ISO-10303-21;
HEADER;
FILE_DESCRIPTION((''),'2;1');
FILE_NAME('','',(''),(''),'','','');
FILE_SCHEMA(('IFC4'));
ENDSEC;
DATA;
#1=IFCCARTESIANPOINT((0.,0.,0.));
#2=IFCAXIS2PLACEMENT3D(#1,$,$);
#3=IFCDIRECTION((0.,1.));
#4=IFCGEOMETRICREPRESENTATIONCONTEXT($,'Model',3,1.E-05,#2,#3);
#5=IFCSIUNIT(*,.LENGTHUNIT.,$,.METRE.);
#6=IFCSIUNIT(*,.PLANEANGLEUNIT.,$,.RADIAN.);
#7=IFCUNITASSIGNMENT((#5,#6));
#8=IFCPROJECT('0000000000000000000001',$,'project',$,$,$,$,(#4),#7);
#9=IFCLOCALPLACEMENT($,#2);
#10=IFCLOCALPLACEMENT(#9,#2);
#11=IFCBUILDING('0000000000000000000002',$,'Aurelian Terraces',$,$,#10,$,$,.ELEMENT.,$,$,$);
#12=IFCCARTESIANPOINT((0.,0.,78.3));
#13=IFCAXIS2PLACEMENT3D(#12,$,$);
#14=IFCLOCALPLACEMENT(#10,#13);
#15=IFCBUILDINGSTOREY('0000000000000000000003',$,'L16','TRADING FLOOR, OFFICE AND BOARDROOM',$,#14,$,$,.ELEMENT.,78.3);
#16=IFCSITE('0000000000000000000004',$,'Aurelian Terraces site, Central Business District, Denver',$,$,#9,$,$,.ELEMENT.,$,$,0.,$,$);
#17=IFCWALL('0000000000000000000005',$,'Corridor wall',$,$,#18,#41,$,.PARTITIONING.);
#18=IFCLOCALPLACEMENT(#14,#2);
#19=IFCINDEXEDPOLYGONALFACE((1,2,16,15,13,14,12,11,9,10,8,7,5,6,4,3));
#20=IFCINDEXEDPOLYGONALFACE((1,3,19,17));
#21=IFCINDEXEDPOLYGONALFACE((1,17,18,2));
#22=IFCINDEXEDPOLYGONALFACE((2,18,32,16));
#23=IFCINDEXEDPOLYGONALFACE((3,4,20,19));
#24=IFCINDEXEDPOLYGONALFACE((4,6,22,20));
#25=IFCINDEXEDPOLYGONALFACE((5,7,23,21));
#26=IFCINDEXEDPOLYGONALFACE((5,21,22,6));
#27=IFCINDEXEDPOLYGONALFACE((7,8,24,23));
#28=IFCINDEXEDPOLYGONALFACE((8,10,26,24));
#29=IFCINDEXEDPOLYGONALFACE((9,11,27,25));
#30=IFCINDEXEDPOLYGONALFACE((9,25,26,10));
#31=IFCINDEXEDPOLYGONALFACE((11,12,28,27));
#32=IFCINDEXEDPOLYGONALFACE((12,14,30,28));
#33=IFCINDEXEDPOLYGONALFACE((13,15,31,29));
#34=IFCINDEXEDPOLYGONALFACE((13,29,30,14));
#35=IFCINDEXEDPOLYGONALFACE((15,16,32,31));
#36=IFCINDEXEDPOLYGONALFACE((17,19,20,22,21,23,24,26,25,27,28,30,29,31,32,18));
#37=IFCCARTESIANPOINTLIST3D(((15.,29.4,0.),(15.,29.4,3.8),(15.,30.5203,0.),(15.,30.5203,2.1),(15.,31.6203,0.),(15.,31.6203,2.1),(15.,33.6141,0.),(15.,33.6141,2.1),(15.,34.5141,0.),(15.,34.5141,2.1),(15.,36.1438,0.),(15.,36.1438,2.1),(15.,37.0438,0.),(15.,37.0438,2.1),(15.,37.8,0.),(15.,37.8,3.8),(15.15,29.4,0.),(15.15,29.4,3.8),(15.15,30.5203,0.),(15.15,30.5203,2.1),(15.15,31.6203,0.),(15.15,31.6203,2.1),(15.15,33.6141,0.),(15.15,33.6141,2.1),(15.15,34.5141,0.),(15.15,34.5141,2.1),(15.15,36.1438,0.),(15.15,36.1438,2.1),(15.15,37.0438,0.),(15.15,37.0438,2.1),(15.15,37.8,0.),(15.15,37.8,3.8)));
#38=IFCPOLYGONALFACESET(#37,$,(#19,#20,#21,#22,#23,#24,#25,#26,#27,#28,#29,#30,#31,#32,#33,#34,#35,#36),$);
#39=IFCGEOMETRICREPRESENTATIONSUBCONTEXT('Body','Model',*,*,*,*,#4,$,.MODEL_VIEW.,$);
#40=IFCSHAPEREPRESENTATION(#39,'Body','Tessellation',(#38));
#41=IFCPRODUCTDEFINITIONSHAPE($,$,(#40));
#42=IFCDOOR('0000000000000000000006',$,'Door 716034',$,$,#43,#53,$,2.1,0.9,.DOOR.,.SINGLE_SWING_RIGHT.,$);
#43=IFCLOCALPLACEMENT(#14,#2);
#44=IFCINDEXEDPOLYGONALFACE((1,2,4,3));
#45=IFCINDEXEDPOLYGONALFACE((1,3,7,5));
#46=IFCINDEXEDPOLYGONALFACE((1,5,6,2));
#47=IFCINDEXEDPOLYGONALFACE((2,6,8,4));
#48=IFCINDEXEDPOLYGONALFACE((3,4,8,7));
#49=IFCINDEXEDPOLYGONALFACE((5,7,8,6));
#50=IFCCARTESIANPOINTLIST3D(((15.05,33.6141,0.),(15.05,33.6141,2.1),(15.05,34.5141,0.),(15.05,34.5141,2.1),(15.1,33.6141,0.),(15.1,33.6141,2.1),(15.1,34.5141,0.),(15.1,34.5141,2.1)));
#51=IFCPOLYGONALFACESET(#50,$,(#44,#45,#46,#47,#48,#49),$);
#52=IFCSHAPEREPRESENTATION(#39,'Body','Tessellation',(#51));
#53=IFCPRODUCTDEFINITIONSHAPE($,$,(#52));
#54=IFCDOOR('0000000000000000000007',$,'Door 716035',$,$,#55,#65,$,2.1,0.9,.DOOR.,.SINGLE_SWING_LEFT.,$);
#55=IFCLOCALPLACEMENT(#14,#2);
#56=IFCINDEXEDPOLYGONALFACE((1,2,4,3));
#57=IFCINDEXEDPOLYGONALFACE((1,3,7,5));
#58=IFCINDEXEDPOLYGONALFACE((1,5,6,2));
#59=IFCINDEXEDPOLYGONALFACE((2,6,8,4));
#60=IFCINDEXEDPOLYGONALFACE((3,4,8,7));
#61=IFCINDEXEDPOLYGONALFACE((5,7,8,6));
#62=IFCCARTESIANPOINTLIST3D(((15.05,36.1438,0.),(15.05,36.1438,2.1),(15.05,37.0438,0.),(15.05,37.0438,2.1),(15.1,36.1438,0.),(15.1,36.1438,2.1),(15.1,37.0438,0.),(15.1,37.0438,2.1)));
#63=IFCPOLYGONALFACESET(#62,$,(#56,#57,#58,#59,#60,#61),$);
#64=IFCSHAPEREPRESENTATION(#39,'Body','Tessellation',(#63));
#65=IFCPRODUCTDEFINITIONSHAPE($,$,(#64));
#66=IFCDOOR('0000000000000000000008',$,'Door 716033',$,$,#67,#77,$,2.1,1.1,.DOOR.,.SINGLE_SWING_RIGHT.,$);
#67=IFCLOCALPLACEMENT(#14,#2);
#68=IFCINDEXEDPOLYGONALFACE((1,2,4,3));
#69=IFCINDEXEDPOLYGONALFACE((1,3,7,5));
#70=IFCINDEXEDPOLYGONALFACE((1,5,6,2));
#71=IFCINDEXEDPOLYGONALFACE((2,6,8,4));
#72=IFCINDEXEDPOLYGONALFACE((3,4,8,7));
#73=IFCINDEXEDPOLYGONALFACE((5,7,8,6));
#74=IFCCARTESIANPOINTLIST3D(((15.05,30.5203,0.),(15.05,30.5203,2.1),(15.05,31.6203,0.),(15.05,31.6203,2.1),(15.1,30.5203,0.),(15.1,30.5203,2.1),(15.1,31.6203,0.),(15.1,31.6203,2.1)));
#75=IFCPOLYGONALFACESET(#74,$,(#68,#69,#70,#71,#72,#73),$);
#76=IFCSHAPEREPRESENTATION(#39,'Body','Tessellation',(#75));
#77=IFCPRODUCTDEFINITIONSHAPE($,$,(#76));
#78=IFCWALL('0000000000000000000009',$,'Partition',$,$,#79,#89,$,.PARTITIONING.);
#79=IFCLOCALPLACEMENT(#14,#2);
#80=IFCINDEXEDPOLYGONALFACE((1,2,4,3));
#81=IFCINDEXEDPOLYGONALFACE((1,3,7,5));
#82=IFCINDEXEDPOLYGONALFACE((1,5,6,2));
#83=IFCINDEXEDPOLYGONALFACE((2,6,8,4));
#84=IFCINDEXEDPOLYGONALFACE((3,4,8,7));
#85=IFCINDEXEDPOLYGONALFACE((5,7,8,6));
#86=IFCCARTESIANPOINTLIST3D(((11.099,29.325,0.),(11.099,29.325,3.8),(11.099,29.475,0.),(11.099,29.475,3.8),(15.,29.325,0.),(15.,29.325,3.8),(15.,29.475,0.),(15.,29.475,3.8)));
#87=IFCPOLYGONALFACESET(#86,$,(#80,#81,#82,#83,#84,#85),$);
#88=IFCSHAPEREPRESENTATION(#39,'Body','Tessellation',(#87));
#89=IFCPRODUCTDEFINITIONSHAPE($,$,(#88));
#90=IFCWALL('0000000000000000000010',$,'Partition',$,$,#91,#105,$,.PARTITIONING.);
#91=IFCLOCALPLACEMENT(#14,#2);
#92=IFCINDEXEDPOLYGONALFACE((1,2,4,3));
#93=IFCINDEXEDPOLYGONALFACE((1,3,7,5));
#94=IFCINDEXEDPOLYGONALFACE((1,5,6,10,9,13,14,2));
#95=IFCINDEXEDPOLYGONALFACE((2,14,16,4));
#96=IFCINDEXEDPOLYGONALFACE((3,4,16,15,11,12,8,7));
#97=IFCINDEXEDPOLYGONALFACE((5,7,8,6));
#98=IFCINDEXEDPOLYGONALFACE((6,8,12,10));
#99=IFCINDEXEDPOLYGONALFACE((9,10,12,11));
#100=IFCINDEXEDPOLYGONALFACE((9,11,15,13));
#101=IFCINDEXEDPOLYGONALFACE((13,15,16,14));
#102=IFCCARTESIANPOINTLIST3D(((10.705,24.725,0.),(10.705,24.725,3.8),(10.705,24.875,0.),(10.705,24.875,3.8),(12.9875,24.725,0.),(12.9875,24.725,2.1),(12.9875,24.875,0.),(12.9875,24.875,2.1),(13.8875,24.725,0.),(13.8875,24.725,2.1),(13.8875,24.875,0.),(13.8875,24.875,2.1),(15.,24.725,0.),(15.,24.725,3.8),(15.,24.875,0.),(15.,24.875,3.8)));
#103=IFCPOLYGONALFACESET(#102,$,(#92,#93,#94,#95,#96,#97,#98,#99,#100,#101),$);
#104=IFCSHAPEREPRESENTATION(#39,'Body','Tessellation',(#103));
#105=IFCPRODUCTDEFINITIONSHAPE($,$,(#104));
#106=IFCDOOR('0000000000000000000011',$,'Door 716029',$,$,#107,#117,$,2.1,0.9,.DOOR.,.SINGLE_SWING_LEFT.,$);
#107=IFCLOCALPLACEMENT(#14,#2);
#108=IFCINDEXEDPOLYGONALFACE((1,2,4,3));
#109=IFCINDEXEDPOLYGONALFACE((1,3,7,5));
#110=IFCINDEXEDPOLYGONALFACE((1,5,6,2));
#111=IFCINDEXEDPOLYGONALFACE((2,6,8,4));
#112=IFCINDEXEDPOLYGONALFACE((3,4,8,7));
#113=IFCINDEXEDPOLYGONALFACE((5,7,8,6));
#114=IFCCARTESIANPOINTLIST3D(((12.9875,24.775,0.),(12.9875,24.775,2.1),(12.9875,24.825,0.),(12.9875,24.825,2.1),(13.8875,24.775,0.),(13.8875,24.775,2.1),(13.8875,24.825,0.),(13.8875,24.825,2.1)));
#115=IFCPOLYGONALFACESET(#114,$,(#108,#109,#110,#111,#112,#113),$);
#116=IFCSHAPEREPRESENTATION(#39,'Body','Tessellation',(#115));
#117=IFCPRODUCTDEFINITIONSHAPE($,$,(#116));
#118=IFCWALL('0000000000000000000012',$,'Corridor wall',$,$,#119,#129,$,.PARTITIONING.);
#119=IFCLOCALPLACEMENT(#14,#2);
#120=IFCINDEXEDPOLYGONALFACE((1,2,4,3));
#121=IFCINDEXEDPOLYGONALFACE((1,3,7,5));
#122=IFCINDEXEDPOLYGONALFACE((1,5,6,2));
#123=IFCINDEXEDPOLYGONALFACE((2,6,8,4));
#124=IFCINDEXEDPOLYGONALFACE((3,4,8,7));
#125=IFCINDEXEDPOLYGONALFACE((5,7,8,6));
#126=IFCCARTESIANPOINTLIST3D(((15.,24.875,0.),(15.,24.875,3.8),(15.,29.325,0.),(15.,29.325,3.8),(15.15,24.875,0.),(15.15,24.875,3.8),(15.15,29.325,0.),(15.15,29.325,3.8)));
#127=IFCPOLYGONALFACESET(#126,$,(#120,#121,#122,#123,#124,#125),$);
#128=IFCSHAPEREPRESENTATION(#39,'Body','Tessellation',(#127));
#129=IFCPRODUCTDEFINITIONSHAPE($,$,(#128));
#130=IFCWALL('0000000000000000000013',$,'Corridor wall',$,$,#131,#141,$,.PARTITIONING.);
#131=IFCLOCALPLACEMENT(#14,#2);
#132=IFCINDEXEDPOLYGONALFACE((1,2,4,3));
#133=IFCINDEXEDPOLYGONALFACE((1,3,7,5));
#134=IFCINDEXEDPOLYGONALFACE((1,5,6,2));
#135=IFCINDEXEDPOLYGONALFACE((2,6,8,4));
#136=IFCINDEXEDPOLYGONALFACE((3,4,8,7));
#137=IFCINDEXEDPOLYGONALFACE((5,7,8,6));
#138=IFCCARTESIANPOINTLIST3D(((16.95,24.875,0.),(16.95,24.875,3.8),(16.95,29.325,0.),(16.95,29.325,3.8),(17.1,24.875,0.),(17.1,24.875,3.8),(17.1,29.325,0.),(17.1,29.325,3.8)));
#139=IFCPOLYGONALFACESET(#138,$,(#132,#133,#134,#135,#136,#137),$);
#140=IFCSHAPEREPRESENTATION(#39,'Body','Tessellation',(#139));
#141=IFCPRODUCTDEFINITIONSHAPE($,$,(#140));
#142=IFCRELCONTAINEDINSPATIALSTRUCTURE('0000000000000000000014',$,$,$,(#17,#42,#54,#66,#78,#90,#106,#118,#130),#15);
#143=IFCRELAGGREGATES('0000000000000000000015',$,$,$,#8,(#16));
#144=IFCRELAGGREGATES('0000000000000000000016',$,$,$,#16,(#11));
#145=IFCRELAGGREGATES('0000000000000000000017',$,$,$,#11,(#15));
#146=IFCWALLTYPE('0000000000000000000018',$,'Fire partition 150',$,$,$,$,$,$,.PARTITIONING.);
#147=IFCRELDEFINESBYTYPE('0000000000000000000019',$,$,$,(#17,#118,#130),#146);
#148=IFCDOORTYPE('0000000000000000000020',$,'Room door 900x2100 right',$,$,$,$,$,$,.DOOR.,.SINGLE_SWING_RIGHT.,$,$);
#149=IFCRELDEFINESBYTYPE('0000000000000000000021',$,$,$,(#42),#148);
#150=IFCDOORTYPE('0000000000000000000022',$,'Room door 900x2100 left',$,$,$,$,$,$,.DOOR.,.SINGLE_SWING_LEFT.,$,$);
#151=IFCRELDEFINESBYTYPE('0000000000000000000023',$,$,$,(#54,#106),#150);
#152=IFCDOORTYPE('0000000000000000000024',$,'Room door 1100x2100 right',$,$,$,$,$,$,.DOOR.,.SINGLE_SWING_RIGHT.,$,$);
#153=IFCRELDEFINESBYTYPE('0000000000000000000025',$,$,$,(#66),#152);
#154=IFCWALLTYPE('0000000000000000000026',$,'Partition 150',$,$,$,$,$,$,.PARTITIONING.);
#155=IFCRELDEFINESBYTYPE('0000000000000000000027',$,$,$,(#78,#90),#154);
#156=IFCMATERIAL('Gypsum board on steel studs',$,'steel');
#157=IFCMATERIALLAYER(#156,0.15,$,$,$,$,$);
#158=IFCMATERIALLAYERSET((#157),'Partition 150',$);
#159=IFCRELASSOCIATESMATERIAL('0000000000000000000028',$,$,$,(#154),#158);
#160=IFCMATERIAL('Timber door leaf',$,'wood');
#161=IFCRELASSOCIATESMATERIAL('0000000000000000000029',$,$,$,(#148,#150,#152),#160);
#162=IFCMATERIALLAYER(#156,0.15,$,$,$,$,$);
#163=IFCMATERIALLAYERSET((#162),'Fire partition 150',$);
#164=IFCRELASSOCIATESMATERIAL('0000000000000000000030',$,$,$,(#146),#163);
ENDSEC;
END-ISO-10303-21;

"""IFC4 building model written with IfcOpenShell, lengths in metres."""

from ifc_helpers import new_model, si_unit, direction, frame, frame_2d, origin, place, context, subcontext, project, spatial, rectangle, extrude, source, transform, mapped, material, layer, layer_set, type_object, element, fill, save


model = new_model("IFC4")

# Units and contexts
model_context = context("Model", 3, precision=1e-05, world=origin(), true_north=direction((0.0, 1.0)))
body_context = subcontext(model_context, "Body", "Model", "MODEL_VIEW")
ifc_project = project(units=[si_unit("LENGTHUNIT", "METRE"), si_unit("PLANEANGLEUNIT", "RADIAN")], contexts=[model_context])

# Site, building, storey
site_placement = place(None, origin())
site = spatial("IfcSite", under=ifc_project, at=site_placement, Name="Aurelian Terraces site, Central Business District, Denver", CompositionType="ELEMENT", RefElevation=0.0)
building_placement = place(site_placement, origin())
building = spatial("IfcBuilding", under=site, at=building_placement, Name="Aurelian Terraces", CompositionType="ELEMENT")
storey_placement = place(building_placement, frame((0.0, 0.0, 78.3)))
storey = spatial("IfcBuildingStorey", under=building, at=storey_placement, Name="L16", Description="TRADING FLOOR, OFFICE AND BOARDROOM", CompositionType="ELEMENT", Elevation=78.3)

# Shared definitions
ifc_material_1 = material(Name="Gypsum board on steel studs", Category="steel")
ifc_layer_1 = layer(ifc_material_1, 0.15)
ifc_layer_set_1 = layer_set([ifc_layer_1], Name="Partition 150")
wall_type_1 = type_object("IfcWallType", Name="Partition 150", PredefinedType="PARTITIONING", material=ifc_layer_set_1)
shared_shape_1 = source(origin(), body_context, "Body", "SweptSolid", [
    extrude(rectangle(XDim=0.9, YDim=2.1, at=frame_2d((0.45, 1.05))), frame((0.0, 0.085, 0.0), z_axis=(0.0, -1.0, 0.0), x_axis=(1.0, 0.0, 0.0)), (0.0, 0.0, 1.0), 0.17),
])
ifc_material_2 = material(Name="Timber door leaf", Category="wood")
door_type_1 = type_object("IfcDoorType", Name="Room door 900x2100 right", OperationType="SINGLE_SWING_RIGHT", PredefinedType="DOOR", material=ifc_material_2)
shared_shape_2 = source(origin(), body_context, "Body", "SweptSolid", [
    extrude(rectangle(XDim=0.9, YDim=2.1, at=frame_2d((0.45, 1.05))), frame((0.0, 0.025, 0.0), z_axis=(0.0, -1.0, 0.0), x_axis=(1.0, 0.0, 0.0)), (0.0, 0.0, 1.0), 0.05),
])

# Wall, openings, doors
ifc_layer_2 = layer(ifc_material_1, 0.15)
ifc_layer_set_2 = layer_set([ifc_layer_2], Name="Fire partition 150")
wall_type_2 = type_object("IfcWallType", Name="Fire partition 150", PredefinedType="PARTITIONING", material=ifc_layer_set_2)
shared_shape_3 = source(origin(), body_context, "Body", "SweptSolid", [
    extrude(rectangle(XDim=8.4, YDim=0.15, at=frame_2d((4.2, 0.0))), origin(), (0.0, 0.0, 1.0), 3.8),
])
wall_1_placement = place(storey_placement, frame((15.075, 29.4, 0.0), z_axis=(0.0, 0.0, 1.0), x_axis=(0.0, 1.0, 0.0)))
wall_1 = element("IfcWall", 1, at=wall_1_placement, inside=storey, type_object=wall_type_2, Name="Corridor wall", PredefinedType="PARTITIONING", context=body_context, shape_type="MappedRepresentation", body=[
    mapped(shared_shape_3, transform((0.0, 0.0, 0.0), scale=1.0)),
])
shared_shape_4 = source(origin(), body_context, "Body", "SweptSolid", [
    extrude(rectangle(XDim=1.1, YDim=2.1, at=frame_2d((0.55, 1.05))), frame((0.0, 0.085, 0.0), z_axis=(0.0, -1.0, 0.0), x_axis=(1.0, 0.0, 0.0)), (0.0, 0.0, 1.0), 0.17),
])
opening_1_placement = place(wall_1_placement, frame((1.1203, 0.0, 0.0)))
opening_1 = element("IfcOpeningElement", 2, at=opening_1_placement, cuts=wall_1, PredefinedType="OPENING", context=body_context, shape_type="MappedRepresentation", body=[
    mapped(shared_shape_4, transform((0.0, 0.0, 0.0), scale=1.0)),
])
opening_2_placement = place(wall_1_placement, frame((4.2141, 0.0, 0.0)))
opening_2 = element("IfcOpeningElement", 3, at=opening_2_placement, cuts=wall_1, PredefinedType="OPENING", context=body_context, shape_type="MappedRepresentation", body=[
    mapped(shared_shape_1, transform((0.0, 0.0, 0.0), scale=1.0)),
])
opening_3_placement = place(wall_1_placement, frame((6.7438, 0.0, 0.0)))
opening_3 = element("IfcOpeningElement", 4, at=opening_3_placement, cuts=wall_1, PredefinedType="OPENING", context=body_context, shape_type="MappedRepresentation", body=[
    mapped(shared_shape_1, transform((0.0, 0.0, 0.0), scale=1.0)),
])
door_1_placement = place(opening_2_placement, origin())
door_1 = element("IfcDoor", 5, at=door_1_placement, inside=storey, type_object=door_type_1, Name="Door 716034", OperationType="SINGLE_SWING_RIGHT", OverallHeight=2.1, OverallWidth=0.9, PredefinedType="DOOR", context=body_context, shape_type="MappedRepresentation", body=[
    mapped(shared_shape_2, transform((0.0, 0.0, 0.0), scale=1.0)),
])
fill(opening_2, door_1)
door_type_2 = type_object("IfcDoorType", Name="Room door 900x2100 left", OperationType="SINGLE_SWING_LEFT", PredefinedType="DOOR", material=ifc_material_2)
door_2_placement = place(opening_3_placement, origin())
door_2 = element("IfcDoor", 6, at=door_2_placement, inside=storey, type_object=door_type_2, Name="Door 716035", OperationType="SINGLE_SWING_LEFT", OverallHeight=2.1, OverallWidth=0.9, PredefinedType="DOOR", context=body_context, shape_type="MappedRepresentation", body=[
    mapped(shared_shape_2, transform((0.0, 0.0, 0.0), scale=1.0)),
])
fill(opening_3, door_2)
door_type_3 = type_object("IfcDoorType", Name="Room door 1100x2100 right", OperationType="SINGLE_SWING_RIGHT", PredefinedType="DOOR", material=ifc_material_2)
shared_shape_5 = source(origin(), body_context, "Body", "SweptSolid", [
    extrude(rectangle(XDim=1.1, YDim=2.1, at=frame_2d((0.55, 1.05))), frame((0.0, 0.025, 0.0), z_axis=(0.0, -1.0, 0.0), x_axis=(1.0, 0.0, 0.0)), (0.0, 0.0, 1.0), 0.05),
])
door_3_placement = place(opening_1_placement, origin())
door_3 = element("IfcDoor", 7, at=door_3_placement, inside=storey, type_object=door_type_3, Name="Door 716033", OperationType="SINGLE_SWING_RIGHT", OverallHeight=2.1, OverallWidth=1.1, PredefinedType="DOOR", context=body_context, shape_type="MappedRepresentation", body=[
    mapped(shared_shape_5, transform((0.0, 0.0, 0.0), scale=1.0)),
])
fill(opening_1, door_3)

# Wall
shared_shape_6 = source(origin(), body_context, "Body", "SweptSolid", [
    extrude(rectangle(XDim=3.901, YDim=0.15, at=frame_2d((1.9505, 0.0))), origin(), (0.0, 0.0, 1.0), 3.8),
])
wall_2_placement = place(storey_placement, frame((15.0, 29.4, 0.0), z_axis=(0.0, 0.0, 1.0), x_axis=(-1.0, 0.0, 0.0)))
element("IfcWall", 8, at=wall_2_placement, inside=storey, type_object=wall_type_1, Name="Partition", PredefinedType="PARTITIONING", context=body_context, shape_type="MappedRepresentation", body=[
    mapped(shared_shape_6, transform((0.0, 0.0, 0.0), scale=1.0)),
])

# Wall, opening, door
shared_shape_7 = source(origin(), body_context, "Body", "SweptSolid", [
    extrude(rectangle(XDim=4.295, YDim=0.15, at=frame_2d((2.1475, 0.0))), origin(), (0.0, 0.0, 1.0), 3.8),
])
wall_3_placement = place(storey_placement, frame((10.705, 24.8, 0.0), z_axis=(0.0, 0.0, 1.0), x_axis=(1.0, 0.0, 0.0)))
wall_3 = element("IfcWall", 9, at=wall_3_placement, inside=storey, type_object=wall_type_1, Name="Partition", PredefinedType="PARTITIONING", context=body_context, shape_type="MappedRepresentation", body=[
    mapped(shared_shape_7, transform((0.0, 0.0, 0.0), scale=1.0)),
])
opening_4_placement = place(wall_3_placement, frame((2.2825, 0.0, 0.0)))
opening_4 = element("IfcOpeningElement", 10, at=opening_4_placement, cuts=wall_3, PredefinedType="OPENING", context=body_context, shape_type="MappedRepresentation", body=[
    mapped(shared_shape_1, transform((0.0, 0.0, 0.0), scale=1.0)),
])
door_4_placement = place(opening_4_placement, origin())
door_4 = element("IfcDoor", 11, at=door_4_placement, inside=storey, type_object=door_type_2, Name="Door 716029", OperationType="SINGLE_SWING_LEFT", OverallHeight=2.1, OverallWidth=0.9, PredefinedType="DOOR", context=body_context, shape_type="MappedRepresentation", body=[
    mapped(shared_shape_2, transform((0.0, 0.0, 0.0), scale=1.0)),
])
fill(opening_4, door_4)

# Walls
shared_shape_8 = source(origin(), body_context, "Body", "SweptSolid", [
    extrude(rectangle(XDim=4.45, YDim=0.15, at=frame_2d((2.225, 0.0))), origin(), (0.0, 0.0, 1.0), 3.8),
])
for number, where, z_axis, x_axis, name in (
    (12, (15.075, 24.875, 0.0), (0.0, 0.0, 1.0), (0.0, 1.0, 0.0), "Corridor wall"),
    (13, (17.025, 29.325, 0.0), (0.0, 0.0, 1.0), (0.0, -1.0, 0.0), "Corridor wall"),
):
    element("IfcWall", number, at=place(storey_placement, frame(where, z_axis=z_axis, x_axis=x_axis)), inside=storey, type_object=wall_type_2, Name=name, PredefinedType="PARTITIONING", context=body_context, shape_type="MappedRepresentation", body=[
        mapped(shared_shape_8, transform((0.0, 0.0, 0.0), scale=1.0)),
    ])

save(model, "model.ifc")
